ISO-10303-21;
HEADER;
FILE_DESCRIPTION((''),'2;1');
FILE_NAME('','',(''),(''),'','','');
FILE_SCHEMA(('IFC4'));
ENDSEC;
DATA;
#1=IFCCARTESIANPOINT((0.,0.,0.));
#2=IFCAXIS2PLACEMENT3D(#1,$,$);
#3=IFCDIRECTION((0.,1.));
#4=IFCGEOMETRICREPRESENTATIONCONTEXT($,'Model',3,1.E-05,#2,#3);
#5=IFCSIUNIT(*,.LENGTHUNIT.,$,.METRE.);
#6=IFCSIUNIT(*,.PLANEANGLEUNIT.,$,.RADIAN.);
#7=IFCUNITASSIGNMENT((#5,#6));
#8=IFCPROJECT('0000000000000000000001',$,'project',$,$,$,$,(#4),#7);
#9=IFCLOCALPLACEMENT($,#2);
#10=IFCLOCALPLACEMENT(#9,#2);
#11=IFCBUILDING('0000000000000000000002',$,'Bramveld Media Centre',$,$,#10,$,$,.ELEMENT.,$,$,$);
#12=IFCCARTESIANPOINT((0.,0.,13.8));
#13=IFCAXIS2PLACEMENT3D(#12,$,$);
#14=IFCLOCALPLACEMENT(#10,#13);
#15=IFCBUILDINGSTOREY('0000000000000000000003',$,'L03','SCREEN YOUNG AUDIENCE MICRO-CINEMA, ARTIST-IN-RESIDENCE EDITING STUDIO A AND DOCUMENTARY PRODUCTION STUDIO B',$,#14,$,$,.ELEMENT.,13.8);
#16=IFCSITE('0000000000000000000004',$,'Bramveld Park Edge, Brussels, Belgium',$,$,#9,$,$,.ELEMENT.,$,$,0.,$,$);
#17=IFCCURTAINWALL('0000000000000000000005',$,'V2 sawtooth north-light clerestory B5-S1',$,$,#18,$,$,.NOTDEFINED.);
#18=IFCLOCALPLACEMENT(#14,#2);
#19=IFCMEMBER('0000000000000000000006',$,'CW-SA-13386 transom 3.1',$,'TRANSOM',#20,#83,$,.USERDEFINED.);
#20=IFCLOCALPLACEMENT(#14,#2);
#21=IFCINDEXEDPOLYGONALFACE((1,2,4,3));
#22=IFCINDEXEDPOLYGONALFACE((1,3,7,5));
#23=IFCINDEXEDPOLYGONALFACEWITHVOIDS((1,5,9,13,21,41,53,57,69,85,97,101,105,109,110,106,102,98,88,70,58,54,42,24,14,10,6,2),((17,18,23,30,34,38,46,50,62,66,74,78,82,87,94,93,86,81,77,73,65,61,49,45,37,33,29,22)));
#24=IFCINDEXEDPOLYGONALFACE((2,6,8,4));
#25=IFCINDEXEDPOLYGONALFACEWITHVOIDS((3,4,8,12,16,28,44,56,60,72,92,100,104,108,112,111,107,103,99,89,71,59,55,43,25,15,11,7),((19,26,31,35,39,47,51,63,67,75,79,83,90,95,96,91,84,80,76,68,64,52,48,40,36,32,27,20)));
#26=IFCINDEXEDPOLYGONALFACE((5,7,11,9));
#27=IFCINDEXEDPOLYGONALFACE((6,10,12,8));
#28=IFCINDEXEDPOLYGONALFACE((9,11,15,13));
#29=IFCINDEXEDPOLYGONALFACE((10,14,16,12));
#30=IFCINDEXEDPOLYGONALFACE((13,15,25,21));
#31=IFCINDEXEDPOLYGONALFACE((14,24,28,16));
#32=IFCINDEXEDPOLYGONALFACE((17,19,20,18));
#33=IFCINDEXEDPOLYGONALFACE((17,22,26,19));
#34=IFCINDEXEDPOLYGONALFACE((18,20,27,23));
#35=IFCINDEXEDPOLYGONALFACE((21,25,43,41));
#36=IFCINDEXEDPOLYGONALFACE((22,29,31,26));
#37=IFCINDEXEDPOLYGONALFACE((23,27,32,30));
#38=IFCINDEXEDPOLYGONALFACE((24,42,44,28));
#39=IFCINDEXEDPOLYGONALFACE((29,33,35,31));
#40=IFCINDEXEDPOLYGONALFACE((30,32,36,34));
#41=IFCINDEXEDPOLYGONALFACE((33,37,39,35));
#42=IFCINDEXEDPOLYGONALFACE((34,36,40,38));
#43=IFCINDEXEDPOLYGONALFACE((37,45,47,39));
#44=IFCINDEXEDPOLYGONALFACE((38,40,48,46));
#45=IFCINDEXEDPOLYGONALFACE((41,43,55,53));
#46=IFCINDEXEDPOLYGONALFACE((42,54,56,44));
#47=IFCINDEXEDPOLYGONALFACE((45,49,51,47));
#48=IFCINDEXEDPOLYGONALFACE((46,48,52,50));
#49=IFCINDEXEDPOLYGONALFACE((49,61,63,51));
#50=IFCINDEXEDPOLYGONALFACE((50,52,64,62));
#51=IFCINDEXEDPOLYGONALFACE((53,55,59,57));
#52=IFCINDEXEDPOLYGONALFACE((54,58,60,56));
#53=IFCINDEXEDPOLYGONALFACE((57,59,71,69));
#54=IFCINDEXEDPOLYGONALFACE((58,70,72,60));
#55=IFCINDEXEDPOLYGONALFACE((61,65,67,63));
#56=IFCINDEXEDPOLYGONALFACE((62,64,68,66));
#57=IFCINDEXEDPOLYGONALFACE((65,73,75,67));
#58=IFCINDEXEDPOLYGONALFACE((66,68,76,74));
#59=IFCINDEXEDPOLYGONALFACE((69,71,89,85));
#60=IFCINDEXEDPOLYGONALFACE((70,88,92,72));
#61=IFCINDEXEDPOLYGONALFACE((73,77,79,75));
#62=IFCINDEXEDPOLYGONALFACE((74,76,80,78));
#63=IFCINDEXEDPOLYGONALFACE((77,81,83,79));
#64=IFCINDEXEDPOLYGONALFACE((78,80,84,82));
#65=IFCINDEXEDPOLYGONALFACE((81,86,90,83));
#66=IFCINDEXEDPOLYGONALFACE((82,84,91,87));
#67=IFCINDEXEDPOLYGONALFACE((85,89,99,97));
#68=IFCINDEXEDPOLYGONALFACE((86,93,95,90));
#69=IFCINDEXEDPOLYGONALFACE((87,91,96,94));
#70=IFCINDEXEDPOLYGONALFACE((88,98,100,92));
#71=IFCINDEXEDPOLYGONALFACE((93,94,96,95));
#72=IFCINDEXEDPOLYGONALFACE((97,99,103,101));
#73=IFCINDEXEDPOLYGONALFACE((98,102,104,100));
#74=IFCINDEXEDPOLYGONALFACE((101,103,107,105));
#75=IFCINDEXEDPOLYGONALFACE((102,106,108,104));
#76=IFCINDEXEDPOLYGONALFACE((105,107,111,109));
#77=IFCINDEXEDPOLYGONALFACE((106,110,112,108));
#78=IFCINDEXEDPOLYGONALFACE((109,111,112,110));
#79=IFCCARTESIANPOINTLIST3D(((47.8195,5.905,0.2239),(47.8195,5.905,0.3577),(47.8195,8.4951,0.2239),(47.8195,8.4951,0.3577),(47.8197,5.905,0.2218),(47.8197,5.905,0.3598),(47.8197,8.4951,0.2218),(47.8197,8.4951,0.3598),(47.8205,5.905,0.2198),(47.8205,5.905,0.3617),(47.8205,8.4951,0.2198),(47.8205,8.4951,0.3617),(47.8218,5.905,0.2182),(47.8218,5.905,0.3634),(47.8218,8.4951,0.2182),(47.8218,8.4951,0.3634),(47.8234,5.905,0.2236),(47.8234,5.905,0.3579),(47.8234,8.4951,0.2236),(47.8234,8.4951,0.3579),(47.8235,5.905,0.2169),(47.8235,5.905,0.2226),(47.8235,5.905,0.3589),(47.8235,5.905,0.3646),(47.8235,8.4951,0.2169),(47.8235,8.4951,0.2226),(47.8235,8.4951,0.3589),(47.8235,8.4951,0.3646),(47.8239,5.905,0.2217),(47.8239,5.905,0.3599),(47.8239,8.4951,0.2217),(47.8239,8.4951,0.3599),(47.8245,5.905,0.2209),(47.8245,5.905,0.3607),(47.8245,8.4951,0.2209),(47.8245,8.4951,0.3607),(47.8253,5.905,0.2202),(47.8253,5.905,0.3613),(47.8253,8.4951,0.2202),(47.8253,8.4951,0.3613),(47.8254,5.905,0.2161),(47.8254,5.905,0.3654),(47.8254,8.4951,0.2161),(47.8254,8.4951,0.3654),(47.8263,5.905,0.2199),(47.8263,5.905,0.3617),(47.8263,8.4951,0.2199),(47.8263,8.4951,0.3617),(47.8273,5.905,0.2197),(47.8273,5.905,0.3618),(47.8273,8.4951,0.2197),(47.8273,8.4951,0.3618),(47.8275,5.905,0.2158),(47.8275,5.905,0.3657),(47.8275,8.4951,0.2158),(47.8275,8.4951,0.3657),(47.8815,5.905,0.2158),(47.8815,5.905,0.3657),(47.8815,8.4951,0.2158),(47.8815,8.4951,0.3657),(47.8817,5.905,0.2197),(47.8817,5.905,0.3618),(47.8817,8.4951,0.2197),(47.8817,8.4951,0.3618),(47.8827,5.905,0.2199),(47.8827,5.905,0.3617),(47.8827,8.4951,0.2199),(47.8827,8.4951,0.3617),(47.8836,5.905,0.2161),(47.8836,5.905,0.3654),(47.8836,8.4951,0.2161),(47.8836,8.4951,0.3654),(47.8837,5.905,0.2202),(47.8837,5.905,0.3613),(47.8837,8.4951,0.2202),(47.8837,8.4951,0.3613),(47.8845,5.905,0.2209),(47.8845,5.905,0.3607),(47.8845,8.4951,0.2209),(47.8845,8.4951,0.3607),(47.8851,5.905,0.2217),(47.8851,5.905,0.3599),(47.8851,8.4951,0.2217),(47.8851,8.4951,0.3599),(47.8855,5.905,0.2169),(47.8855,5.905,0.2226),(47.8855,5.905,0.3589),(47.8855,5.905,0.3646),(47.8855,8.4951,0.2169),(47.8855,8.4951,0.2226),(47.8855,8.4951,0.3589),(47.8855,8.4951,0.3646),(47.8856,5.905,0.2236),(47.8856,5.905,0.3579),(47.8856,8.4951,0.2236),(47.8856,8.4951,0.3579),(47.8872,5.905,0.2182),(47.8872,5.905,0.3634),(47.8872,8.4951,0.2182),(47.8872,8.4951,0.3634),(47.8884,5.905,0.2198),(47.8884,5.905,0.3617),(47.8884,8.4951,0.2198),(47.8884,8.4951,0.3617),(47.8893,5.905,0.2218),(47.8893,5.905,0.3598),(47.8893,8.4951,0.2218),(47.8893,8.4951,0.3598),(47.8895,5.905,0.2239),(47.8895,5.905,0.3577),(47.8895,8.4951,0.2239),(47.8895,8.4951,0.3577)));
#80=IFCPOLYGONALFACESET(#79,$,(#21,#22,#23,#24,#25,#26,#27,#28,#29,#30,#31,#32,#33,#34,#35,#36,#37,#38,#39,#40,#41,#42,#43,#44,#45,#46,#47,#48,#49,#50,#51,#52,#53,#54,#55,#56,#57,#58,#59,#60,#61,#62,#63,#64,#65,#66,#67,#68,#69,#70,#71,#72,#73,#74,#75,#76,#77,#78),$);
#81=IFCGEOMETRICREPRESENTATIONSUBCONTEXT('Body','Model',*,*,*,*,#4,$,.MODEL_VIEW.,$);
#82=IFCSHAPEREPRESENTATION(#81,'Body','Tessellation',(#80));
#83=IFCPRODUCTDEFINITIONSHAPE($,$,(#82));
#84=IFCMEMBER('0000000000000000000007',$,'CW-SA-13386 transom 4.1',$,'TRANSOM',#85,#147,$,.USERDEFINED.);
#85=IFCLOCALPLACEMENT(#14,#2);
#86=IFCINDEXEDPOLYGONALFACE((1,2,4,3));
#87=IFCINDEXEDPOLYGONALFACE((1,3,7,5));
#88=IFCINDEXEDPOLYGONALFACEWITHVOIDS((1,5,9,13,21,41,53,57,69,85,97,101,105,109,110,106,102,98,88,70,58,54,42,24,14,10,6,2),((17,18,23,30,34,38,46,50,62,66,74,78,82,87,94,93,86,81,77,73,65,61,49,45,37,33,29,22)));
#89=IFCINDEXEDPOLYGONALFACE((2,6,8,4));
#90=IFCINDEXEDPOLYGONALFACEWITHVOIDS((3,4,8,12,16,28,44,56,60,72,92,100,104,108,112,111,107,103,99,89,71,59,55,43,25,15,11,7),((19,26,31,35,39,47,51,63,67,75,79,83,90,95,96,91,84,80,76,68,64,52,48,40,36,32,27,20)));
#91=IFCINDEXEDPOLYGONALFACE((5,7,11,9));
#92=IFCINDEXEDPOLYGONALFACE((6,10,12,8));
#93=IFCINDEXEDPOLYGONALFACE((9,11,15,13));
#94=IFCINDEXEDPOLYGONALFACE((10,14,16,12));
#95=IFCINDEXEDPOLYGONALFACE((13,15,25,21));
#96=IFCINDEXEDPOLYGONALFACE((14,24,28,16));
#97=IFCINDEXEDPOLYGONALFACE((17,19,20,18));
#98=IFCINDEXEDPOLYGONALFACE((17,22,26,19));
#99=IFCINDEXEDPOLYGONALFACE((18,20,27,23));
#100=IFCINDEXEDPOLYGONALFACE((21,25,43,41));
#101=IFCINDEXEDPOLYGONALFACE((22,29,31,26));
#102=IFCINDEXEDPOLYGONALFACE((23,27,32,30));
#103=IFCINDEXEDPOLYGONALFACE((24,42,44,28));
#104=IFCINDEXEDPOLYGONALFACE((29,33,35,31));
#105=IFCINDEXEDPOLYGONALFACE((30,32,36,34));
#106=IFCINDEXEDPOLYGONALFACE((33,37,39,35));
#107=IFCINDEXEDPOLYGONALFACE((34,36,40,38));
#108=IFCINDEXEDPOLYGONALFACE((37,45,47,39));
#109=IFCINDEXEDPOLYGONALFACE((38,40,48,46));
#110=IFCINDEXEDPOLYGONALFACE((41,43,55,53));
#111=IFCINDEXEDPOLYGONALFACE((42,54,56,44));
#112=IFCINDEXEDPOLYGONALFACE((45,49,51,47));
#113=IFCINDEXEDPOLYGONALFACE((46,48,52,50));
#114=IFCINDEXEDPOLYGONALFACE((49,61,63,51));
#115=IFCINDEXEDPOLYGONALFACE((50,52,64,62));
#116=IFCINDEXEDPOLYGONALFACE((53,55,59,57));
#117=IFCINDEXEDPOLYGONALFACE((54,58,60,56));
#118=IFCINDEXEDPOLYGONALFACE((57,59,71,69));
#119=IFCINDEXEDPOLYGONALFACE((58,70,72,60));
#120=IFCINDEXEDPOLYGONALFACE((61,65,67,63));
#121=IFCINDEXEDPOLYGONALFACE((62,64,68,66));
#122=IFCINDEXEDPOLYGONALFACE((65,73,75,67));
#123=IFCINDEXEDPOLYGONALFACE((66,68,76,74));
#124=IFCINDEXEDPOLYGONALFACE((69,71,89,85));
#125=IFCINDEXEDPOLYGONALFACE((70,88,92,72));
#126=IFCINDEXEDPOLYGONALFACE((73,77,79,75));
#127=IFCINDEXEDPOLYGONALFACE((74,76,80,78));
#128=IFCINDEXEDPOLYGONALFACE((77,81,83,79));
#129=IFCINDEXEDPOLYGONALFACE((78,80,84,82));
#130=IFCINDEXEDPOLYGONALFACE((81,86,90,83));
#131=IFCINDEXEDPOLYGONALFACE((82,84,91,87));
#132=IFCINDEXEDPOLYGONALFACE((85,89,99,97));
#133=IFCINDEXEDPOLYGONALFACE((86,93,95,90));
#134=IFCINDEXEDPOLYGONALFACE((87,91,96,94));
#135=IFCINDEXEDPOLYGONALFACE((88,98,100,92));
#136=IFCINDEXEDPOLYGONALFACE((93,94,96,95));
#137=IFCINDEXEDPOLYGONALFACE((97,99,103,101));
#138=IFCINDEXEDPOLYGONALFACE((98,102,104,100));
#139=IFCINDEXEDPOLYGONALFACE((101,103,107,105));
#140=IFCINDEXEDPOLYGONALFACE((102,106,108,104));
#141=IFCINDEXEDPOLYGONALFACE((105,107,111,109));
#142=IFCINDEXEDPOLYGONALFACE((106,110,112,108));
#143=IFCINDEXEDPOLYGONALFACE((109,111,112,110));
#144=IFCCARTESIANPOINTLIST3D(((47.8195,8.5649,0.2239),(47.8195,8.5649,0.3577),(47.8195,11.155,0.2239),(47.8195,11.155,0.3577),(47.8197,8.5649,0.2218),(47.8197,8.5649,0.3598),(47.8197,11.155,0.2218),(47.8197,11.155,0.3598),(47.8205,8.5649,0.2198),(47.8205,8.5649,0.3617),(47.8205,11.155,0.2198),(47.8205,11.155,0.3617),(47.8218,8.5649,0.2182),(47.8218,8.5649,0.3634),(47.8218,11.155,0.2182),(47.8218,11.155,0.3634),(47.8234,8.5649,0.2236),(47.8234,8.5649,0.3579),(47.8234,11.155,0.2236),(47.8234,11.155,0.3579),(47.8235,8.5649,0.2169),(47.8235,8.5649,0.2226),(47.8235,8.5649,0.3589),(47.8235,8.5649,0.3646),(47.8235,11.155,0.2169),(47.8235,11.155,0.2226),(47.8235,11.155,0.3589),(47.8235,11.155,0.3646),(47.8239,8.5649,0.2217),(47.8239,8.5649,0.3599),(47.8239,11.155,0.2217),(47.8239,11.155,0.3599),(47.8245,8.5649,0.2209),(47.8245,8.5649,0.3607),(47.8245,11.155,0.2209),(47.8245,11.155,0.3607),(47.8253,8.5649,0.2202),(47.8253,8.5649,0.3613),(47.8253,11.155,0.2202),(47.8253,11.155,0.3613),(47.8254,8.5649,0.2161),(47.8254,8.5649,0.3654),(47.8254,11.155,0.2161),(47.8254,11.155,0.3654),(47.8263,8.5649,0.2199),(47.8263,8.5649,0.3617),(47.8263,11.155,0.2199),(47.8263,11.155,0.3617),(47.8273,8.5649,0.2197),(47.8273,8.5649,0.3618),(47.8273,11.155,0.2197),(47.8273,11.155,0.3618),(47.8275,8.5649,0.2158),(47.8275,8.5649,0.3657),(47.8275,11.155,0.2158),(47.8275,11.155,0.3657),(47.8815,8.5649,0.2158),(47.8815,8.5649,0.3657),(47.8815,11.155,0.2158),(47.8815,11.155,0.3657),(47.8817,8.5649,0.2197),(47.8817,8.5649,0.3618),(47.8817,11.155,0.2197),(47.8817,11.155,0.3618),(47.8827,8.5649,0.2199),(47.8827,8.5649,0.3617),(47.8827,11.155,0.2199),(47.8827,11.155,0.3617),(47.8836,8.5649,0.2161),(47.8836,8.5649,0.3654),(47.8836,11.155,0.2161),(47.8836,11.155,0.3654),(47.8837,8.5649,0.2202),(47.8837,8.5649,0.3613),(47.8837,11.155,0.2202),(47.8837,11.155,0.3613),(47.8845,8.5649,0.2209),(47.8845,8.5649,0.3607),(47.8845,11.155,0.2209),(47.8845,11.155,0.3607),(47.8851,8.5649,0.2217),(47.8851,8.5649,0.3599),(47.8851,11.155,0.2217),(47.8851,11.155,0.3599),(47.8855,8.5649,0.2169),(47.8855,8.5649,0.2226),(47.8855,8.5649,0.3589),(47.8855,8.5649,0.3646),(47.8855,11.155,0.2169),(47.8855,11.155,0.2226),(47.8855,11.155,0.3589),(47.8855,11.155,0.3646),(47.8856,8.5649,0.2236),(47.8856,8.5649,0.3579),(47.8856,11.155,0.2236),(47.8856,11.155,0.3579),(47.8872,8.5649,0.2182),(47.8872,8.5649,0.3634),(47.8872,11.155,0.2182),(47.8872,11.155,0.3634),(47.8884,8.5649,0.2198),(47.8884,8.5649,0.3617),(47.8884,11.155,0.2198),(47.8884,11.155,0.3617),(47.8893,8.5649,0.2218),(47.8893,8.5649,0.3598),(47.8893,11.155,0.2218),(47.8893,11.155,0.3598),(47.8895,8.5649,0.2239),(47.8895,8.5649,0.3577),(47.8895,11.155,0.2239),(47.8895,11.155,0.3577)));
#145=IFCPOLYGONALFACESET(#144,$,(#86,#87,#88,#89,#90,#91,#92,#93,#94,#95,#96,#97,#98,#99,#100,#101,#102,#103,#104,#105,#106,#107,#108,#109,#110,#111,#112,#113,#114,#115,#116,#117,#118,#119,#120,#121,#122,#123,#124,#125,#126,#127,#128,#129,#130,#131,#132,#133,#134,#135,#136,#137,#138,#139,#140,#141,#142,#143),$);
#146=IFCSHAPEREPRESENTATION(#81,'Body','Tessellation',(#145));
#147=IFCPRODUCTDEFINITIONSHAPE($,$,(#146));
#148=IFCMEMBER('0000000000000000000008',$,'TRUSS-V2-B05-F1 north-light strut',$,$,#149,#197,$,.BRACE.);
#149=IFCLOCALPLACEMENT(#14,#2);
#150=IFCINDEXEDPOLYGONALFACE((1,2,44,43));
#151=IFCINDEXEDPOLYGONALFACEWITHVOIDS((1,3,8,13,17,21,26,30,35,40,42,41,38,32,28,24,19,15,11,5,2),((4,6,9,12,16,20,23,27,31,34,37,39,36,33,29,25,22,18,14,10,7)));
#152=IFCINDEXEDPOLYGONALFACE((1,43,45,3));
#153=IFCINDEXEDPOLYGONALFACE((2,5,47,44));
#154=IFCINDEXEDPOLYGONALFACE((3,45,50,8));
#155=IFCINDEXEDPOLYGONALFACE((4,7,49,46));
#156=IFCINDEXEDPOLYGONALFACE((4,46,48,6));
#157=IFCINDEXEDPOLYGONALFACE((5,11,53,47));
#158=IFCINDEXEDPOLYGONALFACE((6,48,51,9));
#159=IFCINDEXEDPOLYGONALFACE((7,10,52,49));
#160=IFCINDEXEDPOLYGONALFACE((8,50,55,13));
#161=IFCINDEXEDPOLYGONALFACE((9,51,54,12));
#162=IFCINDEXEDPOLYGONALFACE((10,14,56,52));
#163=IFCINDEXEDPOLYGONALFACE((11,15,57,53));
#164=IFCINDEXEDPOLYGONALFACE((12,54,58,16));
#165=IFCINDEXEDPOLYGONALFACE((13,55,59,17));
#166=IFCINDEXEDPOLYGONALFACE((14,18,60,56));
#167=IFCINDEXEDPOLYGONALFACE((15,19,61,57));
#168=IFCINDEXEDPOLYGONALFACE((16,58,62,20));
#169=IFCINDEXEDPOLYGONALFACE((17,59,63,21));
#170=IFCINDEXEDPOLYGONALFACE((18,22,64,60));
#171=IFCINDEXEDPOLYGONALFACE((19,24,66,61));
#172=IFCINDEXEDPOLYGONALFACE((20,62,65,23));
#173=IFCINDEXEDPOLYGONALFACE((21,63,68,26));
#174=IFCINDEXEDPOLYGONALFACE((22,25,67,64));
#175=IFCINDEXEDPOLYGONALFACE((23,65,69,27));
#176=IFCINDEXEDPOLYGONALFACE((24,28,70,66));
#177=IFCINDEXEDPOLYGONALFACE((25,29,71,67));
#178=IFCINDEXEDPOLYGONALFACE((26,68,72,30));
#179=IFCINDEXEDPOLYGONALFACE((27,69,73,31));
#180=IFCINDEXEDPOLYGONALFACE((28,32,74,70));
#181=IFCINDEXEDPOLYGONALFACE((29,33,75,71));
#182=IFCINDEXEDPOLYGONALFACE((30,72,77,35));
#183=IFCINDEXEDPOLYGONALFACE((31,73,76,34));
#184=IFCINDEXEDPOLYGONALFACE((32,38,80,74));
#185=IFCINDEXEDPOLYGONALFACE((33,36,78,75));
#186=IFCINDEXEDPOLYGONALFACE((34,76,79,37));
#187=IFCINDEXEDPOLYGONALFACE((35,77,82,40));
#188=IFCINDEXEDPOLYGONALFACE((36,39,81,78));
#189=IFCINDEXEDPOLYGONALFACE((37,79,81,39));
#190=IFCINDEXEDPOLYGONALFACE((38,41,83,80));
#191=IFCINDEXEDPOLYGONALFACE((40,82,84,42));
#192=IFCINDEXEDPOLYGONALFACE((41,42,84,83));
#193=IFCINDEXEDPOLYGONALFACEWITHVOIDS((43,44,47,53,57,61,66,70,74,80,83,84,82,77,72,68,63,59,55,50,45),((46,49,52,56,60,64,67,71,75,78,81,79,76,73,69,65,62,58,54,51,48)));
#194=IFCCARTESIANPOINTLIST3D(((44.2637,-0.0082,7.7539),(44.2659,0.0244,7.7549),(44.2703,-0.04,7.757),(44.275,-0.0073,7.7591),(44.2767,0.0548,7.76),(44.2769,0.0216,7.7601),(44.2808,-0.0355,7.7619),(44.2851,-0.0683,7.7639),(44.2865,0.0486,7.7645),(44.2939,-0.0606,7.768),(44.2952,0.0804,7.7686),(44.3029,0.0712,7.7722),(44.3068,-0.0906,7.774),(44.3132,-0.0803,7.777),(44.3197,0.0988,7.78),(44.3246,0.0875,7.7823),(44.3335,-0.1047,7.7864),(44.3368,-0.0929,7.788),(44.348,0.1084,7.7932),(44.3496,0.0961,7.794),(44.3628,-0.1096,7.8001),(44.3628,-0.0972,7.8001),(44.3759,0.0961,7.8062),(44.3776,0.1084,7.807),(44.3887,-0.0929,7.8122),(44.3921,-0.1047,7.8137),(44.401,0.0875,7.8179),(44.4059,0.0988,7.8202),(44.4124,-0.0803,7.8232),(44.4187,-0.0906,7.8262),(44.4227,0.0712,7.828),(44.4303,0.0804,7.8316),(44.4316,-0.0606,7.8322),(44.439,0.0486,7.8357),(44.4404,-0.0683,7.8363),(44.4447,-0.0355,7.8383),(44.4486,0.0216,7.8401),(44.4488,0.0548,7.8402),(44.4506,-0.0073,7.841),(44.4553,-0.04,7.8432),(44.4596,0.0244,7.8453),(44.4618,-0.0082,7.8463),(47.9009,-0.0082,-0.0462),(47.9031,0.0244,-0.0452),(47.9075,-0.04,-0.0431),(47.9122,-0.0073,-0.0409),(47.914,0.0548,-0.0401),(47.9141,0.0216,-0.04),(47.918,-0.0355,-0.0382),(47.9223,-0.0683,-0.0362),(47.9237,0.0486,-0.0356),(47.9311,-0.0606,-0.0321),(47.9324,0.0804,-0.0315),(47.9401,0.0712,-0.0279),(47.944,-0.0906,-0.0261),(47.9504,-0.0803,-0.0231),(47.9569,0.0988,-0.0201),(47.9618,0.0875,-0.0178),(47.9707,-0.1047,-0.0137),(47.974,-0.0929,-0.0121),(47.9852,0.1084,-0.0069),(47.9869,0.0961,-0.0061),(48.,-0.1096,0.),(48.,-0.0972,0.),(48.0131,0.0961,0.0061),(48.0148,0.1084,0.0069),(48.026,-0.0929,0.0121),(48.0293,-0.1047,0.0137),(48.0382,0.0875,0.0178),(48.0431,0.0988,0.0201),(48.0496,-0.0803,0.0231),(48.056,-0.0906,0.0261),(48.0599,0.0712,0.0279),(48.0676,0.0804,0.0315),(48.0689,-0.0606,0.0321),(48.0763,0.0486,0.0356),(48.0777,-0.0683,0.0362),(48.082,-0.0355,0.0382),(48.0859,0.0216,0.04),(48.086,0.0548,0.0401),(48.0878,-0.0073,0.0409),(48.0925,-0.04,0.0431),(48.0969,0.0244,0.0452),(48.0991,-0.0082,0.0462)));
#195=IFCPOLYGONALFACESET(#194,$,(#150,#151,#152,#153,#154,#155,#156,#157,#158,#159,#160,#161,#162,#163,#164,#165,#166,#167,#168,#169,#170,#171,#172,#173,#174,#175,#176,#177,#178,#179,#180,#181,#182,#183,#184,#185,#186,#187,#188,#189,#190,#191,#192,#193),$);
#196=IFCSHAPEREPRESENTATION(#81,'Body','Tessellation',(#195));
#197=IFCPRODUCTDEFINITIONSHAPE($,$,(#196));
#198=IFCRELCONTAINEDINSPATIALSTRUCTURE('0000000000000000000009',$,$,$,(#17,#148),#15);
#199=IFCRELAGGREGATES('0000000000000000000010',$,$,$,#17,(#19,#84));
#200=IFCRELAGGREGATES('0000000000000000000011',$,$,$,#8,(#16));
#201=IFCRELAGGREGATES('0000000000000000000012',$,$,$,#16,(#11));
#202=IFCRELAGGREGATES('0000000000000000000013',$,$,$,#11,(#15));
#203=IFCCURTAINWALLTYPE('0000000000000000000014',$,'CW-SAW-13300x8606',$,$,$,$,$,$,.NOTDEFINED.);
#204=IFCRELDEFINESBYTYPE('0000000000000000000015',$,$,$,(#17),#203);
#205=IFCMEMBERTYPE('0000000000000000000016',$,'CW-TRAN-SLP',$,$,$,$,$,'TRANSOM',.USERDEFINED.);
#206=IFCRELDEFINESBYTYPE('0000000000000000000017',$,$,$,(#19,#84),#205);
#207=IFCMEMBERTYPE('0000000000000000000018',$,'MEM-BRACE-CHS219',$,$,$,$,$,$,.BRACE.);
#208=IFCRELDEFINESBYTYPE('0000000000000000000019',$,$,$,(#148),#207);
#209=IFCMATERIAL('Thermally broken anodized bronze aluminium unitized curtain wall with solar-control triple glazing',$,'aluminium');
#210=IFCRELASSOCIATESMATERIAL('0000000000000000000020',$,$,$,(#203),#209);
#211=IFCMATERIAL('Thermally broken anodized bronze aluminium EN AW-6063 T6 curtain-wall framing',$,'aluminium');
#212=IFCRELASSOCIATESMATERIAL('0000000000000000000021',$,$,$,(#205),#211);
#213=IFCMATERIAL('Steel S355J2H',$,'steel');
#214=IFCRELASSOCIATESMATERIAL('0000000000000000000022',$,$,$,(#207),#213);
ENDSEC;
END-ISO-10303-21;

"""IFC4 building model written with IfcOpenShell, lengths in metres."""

from ifc_helpers import new_model, si_unit, direction, frame, origin, origin_2d, place, context, subcontext, project, spatial, hollow_rectangle, hollow_circle, extrude, material, material_profile, profile_set, type_object, element, aggregate, save


model = new_model("IFC4")

# Units and contexts
model_context = context("Model", 3, precision=1e-05, world=origin(), true_north=direction((0.0, 1.0)))
body_context = subcontext(model_context, "Body", "Model", "MODEL_VIEW")
ifc_project = project(units=[si_unit("LENGTHUNIT", "METRE"), si_unit("PLANEANGLEUNIT", "RADIAN")], contexts=[model_context])

# Site, building, storey
site_placement = place(None, origin())
site = spatial("IfcSite", under=ifc_project, at=site_placement, Name="Bramveld Park Edge, Brussels, Belgium", CompositionType="ELEMENT", RefElevation=0.0)
building_placement = place(site_placement, origin())
building = spatial("IfcBuilding", under=site, at=building_placement, Name="Bramveld Media Centre", CompositionType="ELEMENT")
storey_placement = place(building_placement, frame((0.0, 0.0, 13.8)))
storey = spatial("IfcBuildingStorey", under=building, at=storey_placement, Name="L03", Description="SCREEN YOUNG AUDIENCE MICRO-CINEMA, ARTIST-IN-RESIDENCE EDITING STUDIO A AND DOCUMENTARY PRODUCTION STUDIO B", CompositionType="ELEMENT", Elevation=13.8)

# Curtain wall, members
ifc_material_1 = material(Name="Thermally broken anodized bronze aluminium unitized curtain wall with solar-control triple glazing", Category="aluminium")
curtain_wall_type = type_object("IfcCurtainWallType", Name="CW-SAW-13300x8606", PredefinedType="NOTDEFINED", material=ifc_material_1)
curtain_wall_placement = place(storey_placement, origin())
curtain_wall = element("IfcCurtainWall", 1, at=curtain_wall_placement, inside=storey, type_object=curtain_wall_type, Name="V2 sawtooth north-light clerestory B5-S1", PredefinedType="NOTDEFINED")
ifc_material_2 = material(Name="Thermally broken anodized bronze aluminium EN AW-6063 T6 curtain-wall framing", Category="aluminium")
ifc_material_profile_1 = material_profile(ifc_material_2, hollow_rectangle(XDim=0.0701, YDim=0.1499, WallThickness=0.0039, InnerFilletRadius=0.0039, OuterFilletRadius=0.0081, at=origin_2d()), Name="AL-TRAN 70x150")
ifc_profile_set_1 = profile_set([ifc_material_profile_1], Name="Thermally broken anodized bronze aluminium EN AW-6063 T6 curtain-wall framing")
member_type_1 = type_object("IfcMemberType", Name="CW-TRAN-SLP", ElementType="TRANSOM", PredefinedType="USERDEFINED", material=ifc_profile_set_1)
member_1_placement = place(storey_placement, frame((47.8545, 5.905, 0.2908), z_axis=(0.0, 1.0, 0.0), x_axis=(-1.0, 0.0, 0.0)))
member_1 = element("IfcMember", 2, at=member_1_placement, type_object=member_type_1, Name="CW-SA-13386 transom 3.1", ObjectType="TRANSOM", PredefinedType="USERDEFINED", context=body_context, shape_type="SweptSolid", body=[
    extrude(hollow_rectangle(XDim=0.0701, YDim=0.1499, WallThickness=0.0039, InnerFilletRadius=0.0039, OuterFilletRadius=0.0081, at=origin_2d()), origin(), (0.0, 0.0, 1.0), 2.5901),
])
member_2_placement = place(storey_placement, frame((47.8545, 8.5649, 0.2908), z_axis=(0.0, 1.0, 0.0), x_axis=(-1.0, 0.0, 0.0)))
member_2 = element("IfcMember", 3, at=member_2_placement, type_object=member_type_1, Name="CW-SA-13386 transom 4.1", ObjectType="TRANSOM", PredefinedType="USERDEFINED", context=body_context, shape_type="SweptSolid", body=[
    extrude(hollow_rectangle(XDim=0.0701, YDim=0.1499, WallThickness=0.0039, InnerFilletRadius=0.0039, OuterFilletRadius=0.0081, at=origin_2d()), origin(), (0.0, 0.0, 1.0), 2.5901),
])
aggregate(curtain_wall, [member_1, member_2])

# Member
ifc_material_3 = material(Name="Steel S355J2H", Category="steel")
ifc_material_profile_2 = material_profile(ifc_material_3, hollow_circle(Radius=0.1096, WallThickness=0.0125, at=origin_2d()), Name="CHS 219.1x12.5")
ifc_profile_set_2 = profile_set([ifc_material_profile_2], Name="Steel S355J2H")
member_type_2 = type_object("IfcMemberType", Name="MEM-BRACE-CHS219", PredefinedType="BRACE", material=ifc_profile_set_2)
member_3_placement = place(storey_placement, frame((48.0, 0.0, 0.0), z_axis=(-0.422617, 0.0, 0.906308), x_axis=(0.0, -1.0, 0.0)))
element("IfcMember", 4, at=member_3_placement, inside=storey, type_object=member_type_2, Name="TRUSS-V2-B05-F1 north-light strut", PredefinedType="BRACE", context=body_context, shape_type="SweptSolid", body=[
    extrude(hollow_circle(Radius=0.1096, WallThickness=0.0125, at=origin_2d()), origin(), (0.0, 0.0, 1.0), 8.6064),
])

save(model, "model.ifc")
